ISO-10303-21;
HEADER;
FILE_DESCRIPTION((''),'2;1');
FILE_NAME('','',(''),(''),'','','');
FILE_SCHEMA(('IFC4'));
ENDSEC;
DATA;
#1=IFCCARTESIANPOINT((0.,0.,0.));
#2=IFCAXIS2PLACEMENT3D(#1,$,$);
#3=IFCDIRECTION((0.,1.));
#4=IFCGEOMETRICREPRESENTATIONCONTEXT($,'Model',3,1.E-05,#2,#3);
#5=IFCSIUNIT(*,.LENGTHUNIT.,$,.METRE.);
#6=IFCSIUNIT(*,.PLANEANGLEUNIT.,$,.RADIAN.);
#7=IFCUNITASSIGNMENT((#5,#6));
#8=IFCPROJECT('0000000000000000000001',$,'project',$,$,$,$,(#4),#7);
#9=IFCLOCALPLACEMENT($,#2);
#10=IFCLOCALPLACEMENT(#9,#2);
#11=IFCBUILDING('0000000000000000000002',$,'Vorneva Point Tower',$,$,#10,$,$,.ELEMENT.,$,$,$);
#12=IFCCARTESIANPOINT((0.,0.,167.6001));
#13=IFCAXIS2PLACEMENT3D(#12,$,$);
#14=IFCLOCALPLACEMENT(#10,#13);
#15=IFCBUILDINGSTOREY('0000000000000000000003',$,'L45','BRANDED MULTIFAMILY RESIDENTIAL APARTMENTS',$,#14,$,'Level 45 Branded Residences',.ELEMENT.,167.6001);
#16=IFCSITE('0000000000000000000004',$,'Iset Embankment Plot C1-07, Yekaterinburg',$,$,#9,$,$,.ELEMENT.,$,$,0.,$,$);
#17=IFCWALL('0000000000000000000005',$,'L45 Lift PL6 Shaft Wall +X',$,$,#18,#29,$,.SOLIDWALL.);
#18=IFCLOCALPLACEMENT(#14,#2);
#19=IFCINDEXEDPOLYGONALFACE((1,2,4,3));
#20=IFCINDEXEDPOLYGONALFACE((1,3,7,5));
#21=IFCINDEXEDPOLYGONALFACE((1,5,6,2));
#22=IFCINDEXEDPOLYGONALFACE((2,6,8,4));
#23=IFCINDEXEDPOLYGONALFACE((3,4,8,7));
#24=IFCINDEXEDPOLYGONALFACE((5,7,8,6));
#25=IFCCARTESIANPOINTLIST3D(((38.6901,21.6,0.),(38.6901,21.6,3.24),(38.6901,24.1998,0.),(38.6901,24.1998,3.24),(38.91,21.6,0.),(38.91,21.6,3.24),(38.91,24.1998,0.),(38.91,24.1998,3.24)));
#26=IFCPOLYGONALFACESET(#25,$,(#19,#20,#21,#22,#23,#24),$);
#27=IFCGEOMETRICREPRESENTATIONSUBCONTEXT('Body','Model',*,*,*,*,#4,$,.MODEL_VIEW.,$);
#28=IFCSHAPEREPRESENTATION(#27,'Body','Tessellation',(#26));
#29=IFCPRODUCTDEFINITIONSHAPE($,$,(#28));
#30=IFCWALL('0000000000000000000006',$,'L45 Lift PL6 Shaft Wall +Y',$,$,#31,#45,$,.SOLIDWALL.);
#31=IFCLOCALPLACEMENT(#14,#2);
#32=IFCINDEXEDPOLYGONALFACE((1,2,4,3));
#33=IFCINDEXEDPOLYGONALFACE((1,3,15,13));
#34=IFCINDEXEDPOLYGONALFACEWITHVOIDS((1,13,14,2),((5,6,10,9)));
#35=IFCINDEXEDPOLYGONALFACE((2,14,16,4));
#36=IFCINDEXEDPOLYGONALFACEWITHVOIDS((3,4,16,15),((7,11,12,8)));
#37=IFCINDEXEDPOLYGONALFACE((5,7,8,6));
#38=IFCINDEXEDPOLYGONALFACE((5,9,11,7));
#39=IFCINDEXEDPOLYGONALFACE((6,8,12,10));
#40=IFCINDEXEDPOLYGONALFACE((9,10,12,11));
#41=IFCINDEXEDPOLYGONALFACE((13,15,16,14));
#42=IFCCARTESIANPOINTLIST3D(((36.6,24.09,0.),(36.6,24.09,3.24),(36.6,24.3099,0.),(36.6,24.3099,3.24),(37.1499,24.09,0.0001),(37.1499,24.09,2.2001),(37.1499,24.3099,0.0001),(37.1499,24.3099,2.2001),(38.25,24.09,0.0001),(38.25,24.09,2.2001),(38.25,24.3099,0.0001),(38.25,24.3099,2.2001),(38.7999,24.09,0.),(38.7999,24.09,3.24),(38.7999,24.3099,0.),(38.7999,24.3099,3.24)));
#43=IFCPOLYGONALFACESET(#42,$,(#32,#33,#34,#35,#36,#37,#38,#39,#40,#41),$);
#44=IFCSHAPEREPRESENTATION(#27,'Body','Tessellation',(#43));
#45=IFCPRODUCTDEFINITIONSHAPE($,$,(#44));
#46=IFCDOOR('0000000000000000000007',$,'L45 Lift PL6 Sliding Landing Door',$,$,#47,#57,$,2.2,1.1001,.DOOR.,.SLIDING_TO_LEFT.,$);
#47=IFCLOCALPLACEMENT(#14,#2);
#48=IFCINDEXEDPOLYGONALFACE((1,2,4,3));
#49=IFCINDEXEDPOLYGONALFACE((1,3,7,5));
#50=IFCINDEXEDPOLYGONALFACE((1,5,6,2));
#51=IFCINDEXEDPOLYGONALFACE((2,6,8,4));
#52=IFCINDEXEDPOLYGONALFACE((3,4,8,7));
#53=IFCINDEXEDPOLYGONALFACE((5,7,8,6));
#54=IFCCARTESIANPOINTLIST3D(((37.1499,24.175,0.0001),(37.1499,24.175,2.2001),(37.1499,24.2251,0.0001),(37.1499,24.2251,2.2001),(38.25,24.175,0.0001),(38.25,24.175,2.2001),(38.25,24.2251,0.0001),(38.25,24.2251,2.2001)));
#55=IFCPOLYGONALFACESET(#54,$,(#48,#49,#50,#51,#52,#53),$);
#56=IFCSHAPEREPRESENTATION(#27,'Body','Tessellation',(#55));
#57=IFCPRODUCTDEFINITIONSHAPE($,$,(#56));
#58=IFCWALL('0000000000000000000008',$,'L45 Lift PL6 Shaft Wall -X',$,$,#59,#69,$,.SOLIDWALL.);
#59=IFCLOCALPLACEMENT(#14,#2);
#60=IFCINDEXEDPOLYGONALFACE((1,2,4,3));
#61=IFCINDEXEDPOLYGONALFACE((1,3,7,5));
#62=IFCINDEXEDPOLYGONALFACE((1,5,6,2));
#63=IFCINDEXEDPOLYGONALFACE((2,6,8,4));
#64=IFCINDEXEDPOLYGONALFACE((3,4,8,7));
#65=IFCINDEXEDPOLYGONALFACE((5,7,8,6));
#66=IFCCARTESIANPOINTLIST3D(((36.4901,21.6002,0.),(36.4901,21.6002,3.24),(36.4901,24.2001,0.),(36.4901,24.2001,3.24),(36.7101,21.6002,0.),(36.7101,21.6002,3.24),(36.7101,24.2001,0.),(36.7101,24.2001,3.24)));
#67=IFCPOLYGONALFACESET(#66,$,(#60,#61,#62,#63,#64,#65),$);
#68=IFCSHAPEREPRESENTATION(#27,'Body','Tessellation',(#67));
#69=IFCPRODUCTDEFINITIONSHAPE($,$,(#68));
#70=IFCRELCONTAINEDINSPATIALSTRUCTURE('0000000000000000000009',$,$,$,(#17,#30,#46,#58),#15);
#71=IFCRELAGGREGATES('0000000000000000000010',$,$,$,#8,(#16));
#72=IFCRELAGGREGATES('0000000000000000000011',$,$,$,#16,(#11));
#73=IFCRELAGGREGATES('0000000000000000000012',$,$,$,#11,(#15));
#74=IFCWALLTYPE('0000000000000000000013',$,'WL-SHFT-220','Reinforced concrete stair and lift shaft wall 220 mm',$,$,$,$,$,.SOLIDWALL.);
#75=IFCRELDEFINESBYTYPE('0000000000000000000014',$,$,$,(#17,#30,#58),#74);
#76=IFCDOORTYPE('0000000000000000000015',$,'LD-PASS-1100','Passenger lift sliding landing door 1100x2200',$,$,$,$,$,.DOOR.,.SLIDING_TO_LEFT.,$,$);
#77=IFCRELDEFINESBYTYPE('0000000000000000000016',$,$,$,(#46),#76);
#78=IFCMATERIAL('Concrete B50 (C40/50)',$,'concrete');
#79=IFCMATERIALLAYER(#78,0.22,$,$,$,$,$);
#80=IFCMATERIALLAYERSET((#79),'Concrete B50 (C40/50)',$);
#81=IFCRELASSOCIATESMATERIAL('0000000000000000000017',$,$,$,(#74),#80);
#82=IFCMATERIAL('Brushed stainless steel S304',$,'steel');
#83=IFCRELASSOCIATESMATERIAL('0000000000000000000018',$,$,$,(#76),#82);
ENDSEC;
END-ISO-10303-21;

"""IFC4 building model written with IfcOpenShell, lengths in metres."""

from ifc_helpers import new_model, si_unit, direction, frame, frame_2d, origin, place, context, subcontext, project, spatial, rectangle, extrude, material, layer, layer_set, type_object, element, fill, save


model = new_model("IFC4")

# Units and contexts
model_context = context("Model", 3, precision=1e-05, world=origin(), true_north=direction((0.0, 1.0)))
body_context = subcontext(model_context, "Body", "Model", "MODEL_VIEW")
ifc_project = project(units=[si_unit("LENGTHUNIT", "METRE"), si_unit("PLANEANGLEUNIT", "RADIAN")], contexts=[model_context])

# Site, building, storey
site_placement = place(None, origin())
site = spatial("IfcSite", under=ifc_project, at=site_placement, Name="Iset Embankment Plot C1-07, Yekaterinburg", CompositionType="ELEMENT", RefElevation=0.0)
building_placement = place(site_placement, origin())
building = spatial("IfcBuilding", under=site, at=building_placement, Name="Vorneva Point Tower", CompositionType="ELEMENT")
storey_placement = place(building_placement, frame((0.0, 0.0, 167.6001)))
storey = spatial("IfcBuildingStorey", under=building, at=storey_placement, Name="L45", Description="BRANDED MULTIFAMILY RESIDENTIAL APARTMENTS", LongName="Level 45 Branded Residences", CompositionType="ELEMENT", Elevation=167.6001)

# Wall
ifc_material_1 = material(Name="Concrete B50 (C40/50)", Category="concrete")
ifc_layer_1 = layer(ifc_material_1, 0.22)
ifc_layer_set_1 = layer_set([ifc_layer_1], Name="Concrete B50 (C40/50)")
wall_type_1 = type_object("IfcWallType", Name="WL-SHFT-220", Description="Reinforced concrete stair and lift shaft wall 220 mm", PredefinedType="SOLIDWALL", material=ifc_layer_set_1)
wall_1_placement = place(storey_placement, frame((38.8, 21.6001, 0.0), z_axis=(0.0, 0.0, 1.0), x_axis=(0.0, 1.0, 0.0)))
element("IfcWall", 1, at=wall_1_placement, inside=storey, type_object=wall_type_1, Name="L45 Lift PL6 Shaft Wall +X", PredefinedType="SOLIDWALL", context=body_context, shape_type="SweptSolid", body=[
    extrude(rectangle(XDim=2.5999, YDim=0.22, at=frame_2d((1.2998, 0.0))), origin(), (0.0, 0.0, 1.0), 3.24),
])

# Wall, opening, door
wall_2_placement = place(storey_placement, frame((38.8, 24.2, 0.0), z_axis=(0.0, 0.0, 1.0), x_axis=(-1.0, 0.0, 0.0)))
wall_2 = element("IfcWall", 2, at=wall_2_placement, inside=storey, type_object=wall_type_1, Name="L45 Lift PL6 Shaft Wall +Y", PredefinedType="SOLIDWALL", context=body_context, shape_type="SweptSolid", body=[
    extrude(rectangle(XDim=2.2, YDim=0.22, at=frame_2d((1.1001, 0.0))), origin(), (0.0, 0.0, 1.0), 3.24),
])
opening_1_placement = place(wall_2_placement, frame((0.55, 0.0, 0.0)))
opening_1 = element("IfcOpeningElement", 3, at=opening_1_placement, cuts=wall_2, PredefinedType="OPENING", context=body_context, shape_type="SweptSolid", body=[
    extrude(rectangle(XDim=1.1001, YDim=2.2, at=frame_2d((0.55, 1.1001))), frame((0.0, 0.125, 0.0), z_axis=(0.0, -1.0, 0.0), x_axis=(1.0, 0.0, 0.0)), (0.0, 0.0, 1.0), 0.2498),
])
ifc_material_2 = material(Name="Brushed stainless steel S304", Category="steel")
door_type_1 = type_object("IfcDoorType", Name="LD-PASS-1100", Description="Passenger lift sliding landing door 1100x2200", OperationType="SLIDING_TO_LEFT", PredefinedType="DOOR", material=ifc_material_2)
door_1_placement = place(opening_1_placement, origin())
door_1 = element("IfcDoor", 4, at=door_1_placement, inside=storey, type_object=door_type_1, Name="L45 Lift PL6 Sliding Landing Door", OperationType="SLIDING_TO_LEFT", OverallHeight=2.2, OverallWidth=1.1001, PredefinedType="DOOR", context=body_context, shape_type="SweptSolid", body=[
    extrude(rectangle(XDim=1.1001, YDim=2.2, at=frame_2d((0.55, 1.1001))), frame((0.0, 0.0249, 0.0), z_axis=(0.0, -1.0, 0.0), x_axis=(1.0, 0.0, 0.0)), (0.0, 0.0, 1.0), 0.05),
])
fill(opening_1, door_1)

# Wall
wall_3_placement = place(storey_placement, frame((36.6001, 24.2, 0.0), z_axis=(0.0, 0.0, 1.0), x_axis=(0.0, -1.0, 0.0)))
element("IfcWall", 5, at=wall_3_placement, inside=storey, type_object=wall_type_1, Name="L45 Lift PL6 Shaft Wall -X", PredefinedType="SOLIDWALL", context=body_context, shape_type="SweptSolid", body=[
    extrude(rectangle(XDim=2.5999, YDim=0.22, at=frame_2d((1.2998, 0.0))), origin(), (0.0, 0.0, 1.0), 3.24),
])

save(model, "model.ifc")
